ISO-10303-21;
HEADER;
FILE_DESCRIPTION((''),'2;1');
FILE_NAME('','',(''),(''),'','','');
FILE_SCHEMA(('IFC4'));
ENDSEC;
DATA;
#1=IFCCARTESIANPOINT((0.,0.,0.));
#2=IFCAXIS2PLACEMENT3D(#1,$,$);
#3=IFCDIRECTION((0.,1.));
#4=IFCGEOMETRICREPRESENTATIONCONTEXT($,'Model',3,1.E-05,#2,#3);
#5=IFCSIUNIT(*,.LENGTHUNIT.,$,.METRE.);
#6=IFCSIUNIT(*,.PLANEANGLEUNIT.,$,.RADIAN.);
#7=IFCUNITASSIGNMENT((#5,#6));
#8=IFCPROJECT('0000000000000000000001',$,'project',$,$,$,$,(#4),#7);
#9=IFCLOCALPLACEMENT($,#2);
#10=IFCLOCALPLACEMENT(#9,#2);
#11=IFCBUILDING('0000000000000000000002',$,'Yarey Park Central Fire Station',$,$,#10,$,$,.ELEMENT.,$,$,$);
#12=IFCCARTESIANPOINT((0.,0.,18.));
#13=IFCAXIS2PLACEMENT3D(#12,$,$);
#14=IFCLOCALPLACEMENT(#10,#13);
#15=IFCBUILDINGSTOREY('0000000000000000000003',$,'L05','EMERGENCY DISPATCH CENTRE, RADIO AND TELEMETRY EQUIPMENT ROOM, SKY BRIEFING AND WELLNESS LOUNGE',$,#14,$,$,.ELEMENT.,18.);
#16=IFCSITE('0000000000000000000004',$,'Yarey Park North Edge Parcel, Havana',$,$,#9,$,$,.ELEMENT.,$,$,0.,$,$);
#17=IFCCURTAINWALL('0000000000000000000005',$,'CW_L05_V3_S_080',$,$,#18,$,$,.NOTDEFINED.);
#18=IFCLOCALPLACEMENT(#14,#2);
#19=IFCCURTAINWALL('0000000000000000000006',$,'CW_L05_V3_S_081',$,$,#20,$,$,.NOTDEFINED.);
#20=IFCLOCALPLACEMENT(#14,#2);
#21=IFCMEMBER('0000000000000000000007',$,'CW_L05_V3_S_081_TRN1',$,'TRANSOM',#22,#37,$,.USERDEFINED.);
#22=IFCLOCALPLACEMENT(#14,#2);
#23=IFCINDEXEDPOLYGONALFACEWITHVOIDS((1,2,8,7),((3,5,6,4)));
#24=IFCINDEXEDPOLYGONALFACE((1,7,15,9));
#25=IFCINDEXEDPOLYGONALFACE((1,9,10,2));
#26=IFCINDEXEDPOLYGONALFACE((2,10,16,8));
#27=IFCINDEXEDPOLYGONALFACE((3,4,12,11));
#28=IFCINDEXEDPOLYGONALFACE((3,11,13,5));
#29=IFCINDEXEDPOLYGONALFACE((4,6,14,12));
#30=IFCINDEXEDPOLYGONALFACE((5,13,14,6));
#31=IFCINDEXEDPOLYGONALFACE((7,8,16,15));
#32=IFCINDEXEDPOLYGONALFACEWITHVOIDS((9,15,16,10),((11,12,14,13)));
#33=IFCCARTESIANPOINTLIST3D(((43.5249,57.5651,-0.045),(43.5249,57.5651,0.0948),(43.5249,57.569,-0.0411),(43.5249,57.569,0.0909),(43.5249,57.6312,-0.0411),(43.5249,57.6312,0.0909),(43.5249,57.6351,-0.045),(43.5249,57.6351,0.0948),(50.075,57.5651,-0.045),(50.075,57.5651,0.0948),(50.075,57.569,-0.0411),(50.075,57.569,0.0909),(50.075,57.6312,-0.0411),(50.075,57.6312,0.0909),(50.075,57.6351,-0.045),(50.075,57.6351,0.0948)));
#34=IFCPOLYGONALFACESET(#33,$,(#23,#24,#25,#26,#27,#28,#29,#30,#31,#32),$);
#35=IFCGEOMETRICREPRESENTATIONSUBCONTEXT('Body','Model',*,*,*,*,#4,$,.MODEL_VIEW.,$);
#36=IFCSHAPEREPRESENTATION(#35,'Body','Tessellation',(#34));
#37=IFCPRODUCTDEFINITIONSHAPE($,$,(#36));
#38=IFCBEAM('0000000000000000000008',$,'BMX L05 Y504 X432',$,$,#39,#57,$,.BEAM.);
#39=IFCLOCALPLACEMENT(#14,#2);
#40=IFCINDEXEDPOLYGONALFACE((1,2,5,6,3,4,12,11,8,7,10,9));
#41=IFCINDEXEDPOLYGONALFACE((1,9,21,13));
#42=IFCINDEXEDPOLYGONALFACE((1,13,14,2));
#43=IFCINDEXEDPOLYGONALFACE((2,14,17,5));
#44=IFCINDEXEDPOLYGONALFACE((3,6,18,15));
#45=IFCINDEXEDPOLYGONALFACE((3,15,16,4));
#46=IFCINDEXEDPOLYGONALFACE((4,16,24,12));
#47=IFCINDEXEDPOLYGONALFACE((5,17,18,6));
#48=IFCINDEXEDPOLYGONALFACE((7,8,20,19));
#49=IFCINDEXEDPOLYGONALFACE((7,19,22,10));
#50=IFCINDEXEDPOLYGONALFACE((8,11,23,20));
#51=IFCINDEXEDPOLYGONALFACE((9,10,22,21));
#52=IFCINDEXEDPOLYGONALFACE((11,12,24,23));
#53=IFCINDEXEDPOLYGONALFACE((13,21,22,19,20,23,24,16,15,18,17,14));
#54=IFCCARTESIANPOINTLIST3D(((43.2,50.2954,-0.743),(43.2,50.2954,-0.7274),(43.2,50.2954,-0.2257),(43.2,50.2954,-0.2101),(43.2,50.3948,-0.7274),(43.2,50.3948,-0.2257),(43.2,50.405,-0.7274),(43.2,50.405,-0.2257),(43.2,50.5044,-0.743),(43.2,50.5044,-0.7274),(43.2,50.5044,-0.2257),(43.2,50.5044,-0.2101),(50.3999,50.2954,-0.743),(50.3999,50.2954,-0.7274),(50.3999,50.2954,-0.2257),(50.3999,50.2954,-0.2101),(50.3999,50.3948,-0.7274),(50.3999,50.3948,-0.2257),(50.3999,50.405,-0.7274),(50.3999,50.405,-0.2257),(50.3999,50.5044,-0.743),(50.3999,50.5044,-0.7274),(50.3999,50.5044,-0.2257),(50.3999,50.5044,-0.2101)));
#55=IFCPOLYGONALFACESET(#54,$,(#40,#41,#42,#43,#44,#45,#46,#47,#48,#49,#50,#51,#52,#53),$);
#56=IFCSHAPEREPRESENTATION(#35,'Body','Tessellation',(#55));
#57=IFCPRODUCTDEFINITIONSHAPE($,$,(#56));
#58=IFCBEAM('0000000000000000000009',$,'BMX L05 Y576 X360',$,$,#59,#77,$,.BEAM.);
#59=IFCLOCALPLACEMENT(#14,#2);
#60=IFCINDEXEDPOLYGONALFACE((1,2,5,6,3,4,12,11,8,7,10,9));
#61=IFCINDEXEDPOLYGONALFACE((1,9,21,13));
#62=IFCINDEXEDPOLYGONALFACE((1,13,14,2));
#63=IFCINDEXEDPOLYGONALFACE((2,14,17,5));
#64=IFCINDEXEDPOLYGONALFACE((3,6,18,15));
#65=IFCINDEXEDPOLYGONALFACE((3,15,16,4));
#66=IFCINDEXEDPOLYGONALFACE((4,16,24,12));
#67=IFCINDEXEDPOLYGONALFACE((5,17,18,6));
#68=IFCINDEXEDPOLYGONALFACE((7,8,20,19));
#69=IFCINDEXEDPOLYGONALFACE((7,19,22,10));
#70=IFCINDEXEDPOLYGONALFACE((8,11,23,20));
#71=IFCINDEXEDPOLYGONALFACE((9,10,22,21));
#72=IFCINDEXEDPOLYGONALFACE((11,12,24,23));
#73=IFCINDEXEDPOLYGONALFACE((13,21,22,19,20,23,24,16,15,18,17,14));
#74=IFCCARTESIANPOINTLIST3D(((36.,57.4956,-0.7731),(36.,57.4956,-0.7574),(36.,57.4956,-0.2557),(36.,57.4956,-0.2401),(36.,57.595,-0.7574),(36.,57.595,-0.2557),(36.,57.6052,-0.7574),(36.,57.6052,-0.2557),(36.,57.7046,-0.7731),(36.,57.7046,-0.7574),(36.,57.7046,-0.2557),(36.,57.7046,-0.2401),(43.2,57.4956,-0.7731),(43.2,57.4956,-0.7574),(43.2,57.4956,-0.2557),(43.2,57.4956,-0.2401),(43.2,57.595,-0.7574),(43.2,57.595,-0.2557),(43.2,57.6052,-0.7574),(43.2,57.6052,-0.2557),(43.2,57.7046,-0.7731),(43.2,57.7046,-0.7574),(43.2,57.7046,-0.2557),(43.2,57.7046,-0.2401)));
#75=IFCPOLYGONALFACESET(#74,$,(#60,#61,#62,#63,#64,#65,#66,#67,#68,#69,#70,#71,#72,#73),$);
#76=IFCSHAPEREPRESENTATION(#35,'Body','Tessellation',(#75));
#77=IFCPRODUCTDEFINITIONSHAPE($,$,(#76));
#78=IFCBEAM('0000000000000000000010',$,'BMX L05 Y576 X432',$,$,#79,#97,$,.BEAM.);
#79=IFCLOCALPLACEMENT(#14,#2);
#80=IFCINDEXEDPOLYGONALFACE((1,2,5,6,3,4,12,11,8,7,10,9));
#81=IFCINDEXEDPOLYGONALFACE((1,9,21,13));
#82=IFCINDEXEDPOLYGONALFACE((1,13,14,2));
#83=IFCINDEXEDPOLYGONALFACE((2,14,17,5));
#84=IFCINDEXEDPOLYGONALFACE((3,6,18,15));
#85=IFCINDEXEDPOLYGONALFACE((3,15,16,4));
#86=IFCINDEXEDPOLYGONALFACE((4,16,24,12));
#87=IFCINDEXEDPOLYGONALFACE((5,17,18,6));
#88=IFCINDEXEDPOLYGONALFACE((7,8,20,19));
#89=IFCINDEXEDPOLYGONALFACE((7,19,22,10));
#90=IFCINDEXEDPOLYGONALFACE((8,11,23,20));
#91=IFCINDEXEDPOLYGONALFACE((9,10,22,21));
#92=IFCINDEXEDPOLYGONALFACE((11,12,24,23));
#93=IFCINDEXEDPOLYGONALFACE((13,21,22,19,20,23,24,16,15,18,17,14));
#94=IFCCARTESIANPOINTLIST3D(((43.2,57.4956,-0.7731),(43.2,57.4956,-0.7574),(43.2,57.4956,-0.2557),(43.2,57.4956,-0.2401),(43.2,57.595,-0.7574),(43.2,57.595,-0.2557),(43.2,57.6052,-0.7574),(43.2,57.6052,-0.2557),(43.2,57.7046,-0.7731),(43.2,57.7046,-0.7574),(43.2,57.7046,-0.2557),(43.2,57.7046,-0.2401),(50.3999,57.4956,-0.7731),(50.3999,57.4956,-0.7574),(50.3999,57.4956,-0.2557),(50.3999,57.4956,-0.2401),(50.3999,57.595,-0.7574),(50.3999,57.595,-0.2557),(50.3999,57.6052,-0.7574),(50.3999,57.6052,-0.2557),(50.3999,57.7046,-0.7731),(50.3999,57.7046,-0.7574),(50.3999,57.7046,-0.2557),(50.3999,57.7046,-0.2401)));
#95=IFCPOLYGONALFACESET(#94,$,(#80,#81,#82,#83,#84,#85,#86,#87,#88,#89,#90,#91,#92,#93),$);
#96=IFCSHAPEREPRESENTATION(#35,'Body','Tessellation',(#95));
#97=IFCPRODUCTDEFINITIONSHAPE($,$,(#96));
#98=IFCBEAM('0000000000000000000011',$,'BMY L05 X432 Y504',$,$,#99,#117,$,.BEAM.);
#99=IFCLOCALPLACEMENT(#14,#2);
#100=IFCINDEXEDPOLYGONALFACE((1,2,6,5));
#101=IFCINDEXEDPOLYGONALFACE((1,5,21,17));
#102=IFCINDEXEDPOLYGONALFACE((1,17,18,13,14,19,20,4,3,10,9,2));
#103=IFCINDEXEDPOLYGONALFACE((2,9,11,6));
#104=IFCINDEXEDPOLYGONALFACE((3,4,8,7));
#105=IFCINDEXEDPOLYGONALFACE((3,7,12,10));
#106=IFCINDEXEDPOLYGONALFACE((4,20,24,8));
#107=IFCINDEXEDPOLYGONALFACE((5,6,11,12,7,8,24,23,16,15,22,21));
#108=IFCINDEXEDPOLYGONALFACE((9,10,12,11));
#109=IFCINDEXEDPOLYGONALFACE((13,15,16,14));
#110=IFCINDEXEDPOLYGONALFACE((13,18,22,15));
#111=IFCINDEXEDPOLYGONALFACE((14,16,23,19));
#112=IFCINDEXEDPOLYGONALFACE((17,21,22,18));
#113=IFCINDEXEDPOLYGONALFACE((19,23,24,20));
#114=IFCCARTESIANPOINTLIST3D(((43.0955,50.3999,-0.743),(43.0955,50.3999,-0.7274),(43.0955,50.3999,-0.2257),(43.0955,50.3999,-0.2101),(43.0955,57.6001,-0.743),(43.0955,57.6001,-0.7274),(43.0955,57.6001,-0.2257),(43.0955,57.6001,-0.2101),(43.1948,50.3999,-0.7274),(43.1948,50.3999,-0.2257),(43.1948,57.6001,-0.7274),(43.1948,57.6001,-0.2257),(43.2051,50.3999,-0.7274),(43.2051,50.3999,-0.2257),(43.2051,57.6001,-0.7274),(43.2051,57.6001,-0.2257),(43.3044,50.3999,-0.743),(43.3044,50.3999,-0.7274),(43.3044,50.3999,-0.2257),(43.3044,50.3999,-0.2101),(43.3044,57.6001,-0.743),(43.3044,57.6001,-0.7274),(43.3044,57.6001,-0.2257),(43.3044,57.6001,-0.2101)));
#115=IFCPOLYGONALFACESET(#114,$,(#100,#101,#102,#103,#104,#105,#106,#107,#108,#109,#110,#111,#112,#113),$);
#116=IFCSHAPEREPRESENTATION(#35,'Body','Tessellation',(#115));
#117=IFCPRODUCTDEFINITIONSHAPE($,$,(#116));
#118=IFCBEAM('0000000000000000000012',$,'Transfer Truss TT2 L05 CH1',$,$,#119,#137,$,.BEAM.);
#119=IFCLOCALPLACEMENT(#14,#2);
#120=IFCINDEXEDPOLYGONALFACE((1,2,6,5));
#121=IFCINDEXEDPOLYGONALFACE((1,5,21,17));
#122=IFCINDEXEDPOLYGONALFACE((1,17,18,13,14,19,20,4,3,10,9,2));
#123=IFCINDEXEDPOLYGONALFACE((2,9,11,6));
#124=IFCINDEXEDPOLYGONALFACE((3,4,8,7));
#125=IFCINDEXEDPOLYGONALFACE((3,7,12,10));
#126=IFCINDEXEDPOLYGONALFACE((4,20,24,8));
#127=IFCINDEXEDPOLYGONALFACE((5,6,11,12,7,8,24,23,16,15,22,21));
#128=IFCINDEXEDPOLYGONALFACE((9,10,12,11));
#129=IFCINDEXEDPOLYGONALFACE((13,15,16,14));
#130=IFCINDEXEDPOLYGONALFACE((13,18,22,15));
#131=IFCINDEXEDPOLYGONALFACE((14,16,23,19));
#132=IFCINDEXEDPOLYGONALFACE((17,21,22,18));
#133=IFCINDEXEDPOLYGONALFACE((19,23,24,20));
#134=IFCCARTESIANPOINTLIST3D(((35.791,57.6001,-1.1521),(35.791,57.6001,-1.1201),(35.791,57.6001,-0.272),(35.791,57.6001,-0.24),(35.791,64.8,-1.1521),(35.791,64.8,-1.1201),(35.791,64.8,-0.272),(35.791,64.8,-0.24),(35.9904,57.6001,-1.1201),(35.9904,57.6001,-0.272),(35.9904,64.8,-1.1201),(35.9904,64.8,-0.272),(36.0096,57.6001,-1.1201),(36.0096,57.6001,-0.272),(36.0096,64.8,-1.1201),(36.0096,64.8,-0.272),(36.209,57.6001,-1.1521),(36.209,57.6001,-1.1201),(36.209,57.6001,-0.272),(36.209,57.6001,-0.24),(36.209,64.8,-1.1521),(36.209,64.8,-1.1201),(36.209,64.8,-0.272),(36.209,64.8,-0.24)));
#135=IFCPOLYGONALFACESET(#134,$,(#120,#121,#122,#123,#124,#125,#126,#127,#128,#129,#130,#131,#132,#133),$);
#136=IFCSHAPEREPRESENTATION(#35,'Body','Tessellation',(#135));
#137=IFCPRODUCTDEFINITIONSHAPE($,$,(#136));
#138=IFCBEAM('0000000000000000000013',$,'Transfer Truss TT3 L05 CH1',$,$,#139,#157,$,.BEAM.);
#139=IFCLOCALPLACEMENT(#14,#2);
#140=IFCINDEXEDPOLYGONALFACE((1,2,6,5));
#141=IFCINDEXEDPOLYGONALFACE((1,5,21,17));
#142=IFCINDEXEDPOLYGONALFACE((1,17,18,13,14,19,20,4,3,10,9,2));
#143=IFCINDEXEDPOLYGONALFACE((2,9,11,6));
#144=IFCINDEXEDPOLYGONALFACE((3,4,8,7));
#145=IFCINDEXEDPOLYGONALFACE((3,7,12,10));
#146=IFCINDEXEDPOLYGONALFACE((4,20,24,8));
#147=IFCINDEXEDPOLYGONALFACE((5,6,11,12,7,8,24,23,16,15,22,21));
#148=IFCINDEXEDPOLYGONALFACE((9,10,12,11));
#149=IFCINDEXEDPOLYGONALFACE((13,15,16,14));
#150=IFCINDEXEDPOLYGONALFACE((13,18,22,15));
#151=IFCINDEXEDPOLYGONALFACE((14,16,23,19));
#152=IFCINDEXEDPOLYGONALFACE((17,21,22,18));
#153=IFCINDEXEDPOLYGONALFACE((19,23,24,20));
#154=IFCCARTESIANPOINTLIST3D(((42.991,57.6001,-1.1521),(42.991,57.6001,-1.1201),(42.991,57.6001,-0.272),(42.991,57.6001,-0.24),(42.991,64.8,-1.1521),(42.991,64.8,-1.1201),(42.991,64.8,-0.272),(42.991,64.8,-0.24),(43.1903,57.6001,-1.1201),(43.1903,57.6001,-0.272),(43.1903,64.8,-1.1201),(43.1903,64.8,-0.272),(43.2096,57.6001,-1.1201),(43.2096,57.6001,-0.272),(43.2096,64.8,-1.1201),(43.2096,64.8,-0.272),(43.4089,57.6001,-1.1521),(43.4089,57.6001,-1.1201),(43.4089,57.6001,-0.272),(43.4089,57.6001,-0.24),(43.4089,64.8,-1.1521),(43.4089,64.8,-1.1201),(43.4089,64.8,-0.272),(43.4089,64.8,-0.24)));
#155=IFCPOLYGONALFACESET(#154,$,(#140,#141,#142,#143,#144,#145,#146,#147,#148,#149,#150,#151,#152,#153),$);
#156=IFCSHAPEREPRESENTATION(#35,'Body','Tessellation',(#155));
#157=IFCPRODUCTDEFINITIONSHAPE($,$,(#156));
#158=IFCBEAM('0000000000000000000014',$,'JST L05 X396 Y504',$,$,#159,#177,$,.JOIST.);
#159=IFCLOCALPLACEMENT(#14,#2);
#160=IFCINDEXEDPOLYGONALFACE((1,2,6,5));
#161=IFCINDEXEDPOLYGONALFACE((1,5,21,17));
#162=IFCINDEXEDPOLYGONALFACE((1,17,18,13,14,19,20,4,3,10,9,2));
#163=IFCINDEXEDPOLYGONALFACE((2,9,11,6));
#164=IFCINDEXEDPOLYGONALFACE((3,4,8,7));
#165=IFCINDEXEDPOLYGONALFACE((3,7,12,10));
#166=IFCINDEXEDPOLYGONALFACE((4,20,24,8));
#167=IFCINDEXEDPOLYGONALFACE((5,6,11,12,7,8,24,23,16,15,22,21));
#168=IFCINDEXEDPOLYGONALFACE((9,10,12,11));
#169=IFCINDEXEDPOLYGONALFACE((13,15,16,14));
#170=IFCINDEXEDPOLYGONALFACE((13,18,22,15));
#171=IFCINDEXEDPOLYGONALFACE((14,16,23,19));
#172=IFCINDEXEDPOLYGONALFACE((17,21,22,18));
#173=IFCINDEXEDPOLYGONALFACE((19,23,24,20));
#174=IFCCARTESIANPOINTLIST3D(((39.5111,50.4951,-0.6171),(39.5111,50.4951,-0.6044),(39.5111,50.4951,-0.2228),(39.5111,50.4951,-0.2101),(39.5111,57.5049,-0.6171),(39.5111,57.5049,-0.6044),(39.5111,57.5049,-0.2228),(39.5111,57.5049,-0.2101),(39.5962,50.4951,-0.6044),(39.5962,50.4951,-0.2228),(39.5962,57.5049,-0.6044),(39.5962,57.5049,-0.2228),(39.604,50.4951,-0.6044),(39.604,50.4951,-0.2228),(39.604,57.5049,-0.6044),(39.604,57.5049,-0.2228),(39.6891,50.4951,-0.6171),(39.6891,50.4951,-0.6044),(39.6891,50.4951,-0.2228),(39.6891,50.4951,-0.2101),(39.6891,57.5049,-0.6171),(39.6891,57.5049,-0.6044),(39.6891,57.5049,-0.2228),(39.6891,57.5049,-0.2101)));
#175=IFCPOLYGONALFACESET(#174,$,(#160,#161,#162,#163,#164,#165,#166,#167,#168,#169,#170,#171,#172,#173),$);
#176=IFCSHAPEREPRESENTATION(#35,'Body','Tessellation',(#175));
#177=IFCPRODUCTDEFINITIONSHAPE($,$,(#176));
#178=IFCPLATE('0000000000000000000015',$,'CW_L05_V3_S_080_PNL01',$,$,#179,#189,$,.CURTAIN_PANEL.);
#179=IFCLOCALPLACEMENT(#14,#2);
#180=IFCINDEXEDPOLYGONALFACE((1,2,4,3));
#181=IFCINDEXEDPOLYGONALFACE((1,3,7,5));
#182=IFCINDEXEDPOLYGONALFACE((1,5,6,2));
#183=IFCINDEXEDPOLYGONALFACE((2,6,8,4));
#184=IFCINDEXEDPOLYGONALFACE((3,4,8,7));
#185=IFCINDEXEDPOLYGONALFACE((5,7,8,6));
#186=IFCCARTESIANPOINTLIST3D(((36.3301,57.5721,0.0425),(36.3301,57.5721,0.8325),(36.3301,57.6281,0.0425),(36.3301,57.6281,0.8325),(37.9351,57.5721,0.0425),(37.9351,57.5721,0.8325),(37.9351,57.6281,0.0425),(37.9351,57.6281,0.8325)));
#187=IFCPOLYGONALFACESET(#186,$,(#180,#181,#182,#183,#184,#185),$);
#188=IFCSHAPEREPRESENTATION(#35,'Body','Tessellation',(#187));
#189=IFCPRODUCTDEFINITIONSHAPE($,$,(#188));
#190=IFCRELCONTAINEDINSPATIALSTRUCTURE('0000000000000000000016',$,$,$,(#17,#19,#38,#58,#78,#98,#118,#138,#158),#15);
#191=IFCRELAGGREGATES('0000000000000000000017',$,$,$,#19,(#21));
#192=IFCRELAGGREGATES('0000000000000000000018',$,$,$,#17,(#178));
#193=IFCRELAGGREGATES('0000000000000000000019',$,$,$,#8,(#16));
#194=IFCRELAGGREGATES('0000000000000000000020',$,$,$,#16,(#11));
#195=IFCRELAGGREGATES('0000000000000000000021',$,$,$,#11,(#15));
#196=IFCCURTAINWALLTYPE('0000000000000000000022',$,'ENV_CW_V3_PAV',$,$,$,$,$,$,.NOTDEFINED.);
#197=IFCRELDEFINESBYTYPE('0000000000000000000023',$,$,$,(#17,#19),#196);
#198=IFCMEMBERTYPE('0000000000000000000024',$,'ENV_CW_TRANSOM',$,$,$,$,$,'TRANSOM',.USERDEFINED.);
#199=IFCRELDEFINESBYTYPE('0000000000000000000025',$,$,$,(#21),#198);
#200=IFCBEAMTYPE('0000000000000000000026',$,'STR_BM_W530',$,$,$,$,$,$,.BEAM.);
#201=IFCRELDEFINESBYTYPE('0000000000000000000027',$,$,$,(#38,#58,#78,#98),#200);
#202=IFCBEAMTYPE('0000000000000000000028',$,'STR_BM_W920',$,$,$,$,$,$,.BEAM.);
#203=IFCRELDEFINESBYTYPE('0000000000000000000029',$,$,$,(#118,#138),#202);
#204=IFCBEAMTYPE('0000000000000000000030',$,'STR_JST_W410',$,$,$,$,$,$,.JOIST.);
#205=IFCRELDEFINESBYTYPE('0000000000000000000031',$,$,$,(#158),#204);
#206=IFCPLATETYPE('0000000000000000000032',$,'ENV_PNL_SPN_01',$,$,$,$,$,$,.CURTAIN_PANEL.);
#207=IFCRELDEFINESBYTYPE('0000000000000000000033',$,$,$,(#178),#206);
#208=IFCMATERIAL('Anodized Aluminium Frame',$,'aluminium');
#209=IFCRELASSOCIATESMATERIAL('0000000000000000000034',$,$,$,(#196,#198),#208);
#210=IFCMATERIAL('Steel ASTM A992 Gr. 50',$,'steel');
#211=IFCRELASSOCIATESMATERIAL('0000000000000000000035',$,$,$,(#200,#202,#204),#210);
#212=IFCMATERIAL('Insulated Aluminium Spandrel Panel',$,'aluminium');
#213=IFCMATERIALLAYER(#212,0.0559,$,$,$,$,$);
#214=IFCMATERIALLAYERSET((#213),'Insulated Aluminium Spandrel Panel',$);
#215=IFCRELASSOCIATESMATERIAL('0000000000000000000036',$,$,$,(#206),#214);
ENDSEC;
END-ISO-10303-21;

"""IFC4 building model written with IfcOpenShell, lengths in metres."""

from ifc_helpers import new_model, si_unit, direction, frame, origin, origin_2d, place, context, subcontext, project, spatial, rectangle, hollow_rectangle, i_section, extrude, material, layer, layer_set, material_profile, profile_set, type_object, element, aggregate, save


model = new_model("IFC4")

# Units and contexts
model_context = context("Model", 3, precision=1e-05, world=origin(), true_north=direction((0.0, 1.0)))
body_context = subcontext(model_context, "Body", "Model", "MODEL_VIEW")
ifc_project = project(units=[si_unit("LENGTHUNIT", "METRE"), si_unit("PLANEANGLEUNIT", "RADIAN")], contexts=[model_context])

# Site, building, storey
site_placement = place(None, origin())
site = spatial("IfcSite", under=ifc_project, at=site_placement, Name="Yarey Park North Edge Parcel, Havana", CompositionType="ELEMENT", RefElevation=0.0)
building_placement = place(site_placement, origin())
building = spatial("IfcBuilding", under=site, at=building_placement, Name="Yarey Park Central Fire Station", CompositionType="ELEMENT")
storey_placement = place(building_placement, frame((0.0, 0.0, 18.0)))
storey = spatial("IfcBuildingStorey", under=building, at=storey_placement, Name="L05", Description="EMERGENCY DISPATCH CENTRE, RADIO AND TELEMETRY EQUIPMENT ROOM, SKY BRIEFING AND WELLNESS LOUNGE", CompositionType="ELEMENT", Elevation=18.0)

# Shared definitions
ifc_material_1 = material(Name="Steel ASTM A992 Gr. 50", Category="steel")

# Curtain wall
ifc_material_2 = material(Name="Anodized Aluminium Frame", Category="aluminium")
curtain_wall_type = type_object("IfcCurtainWallType", Name="ENV_CW_V3_PAV", PredefinedType="NOTDEFINED", material=ifc_material_2)
curtain_wall_1_placement = place(storey_placement, origin())
curtain_wall_1 = element("IfcCurtainWall", 1, at=curtain_wall_1_placement, inside=storey, type_object=curtain_wall_type, Name="CW_L05_V3_S_080", PredefinedType="NOTDEFINED")
ifc_material_profile_1 = material_profile(ifc_material_2, hollow_rectangle(XDim=0.0701, YDim=0.1399, WallThickness=0.0039, at=origin_2d()), Name="ALU 140x70x4")
ifc_profile_set_1 = profile_set([ifc_material_profile_1], Name="Anodized Aluminium Frame")
member_type_1 = type_object("IfcMemberType", Name="ENV_CW_TRANSOM", ElementType="TRANSOM", PredefinedType="USERDEFINED", material=ifc_profile_set_1)

# Curtain wall, member
curtain_wall_2_placement = place(storey_placement, origin())
curtain_wall_2 = element("IfcCurtainWall", 2, at=curtain_wall_2_placement, inside=storey, type_object=curtain_wall_type, Name="CW_L05_V3_S_081", PredefinedType="NOTDEFINED")
member_1_placement = place(storey_placement, frame((43.5249, 57.6001, 0.0249), z_axis=(1.0, 0.0, 0.0), x_axis=(0.0, 1.0, 0.0)))
member_1 = element("IfcMember", 3, at=member_1_placement, type_object=member_type_1, Name="CW_L05_V3_S_081_TRN1", ObjectType="TRANSOM", PredefinedType="USERDEFINED", context=body_context, shape_type="SweptSolid", body=[
    extrude(hollow_rectangle(XDim=0.0701, YDim=0.1399, WallThickness=0.0039, at=origin_2d()), origin(), (0.0, 0.0, 1.0), 6.55),
])
aggregate(curtain_wall_2, [member_1])

# Beams
ifc_material_profile_2 = material_profile(ifc_material_1, i_section(OverallWidth=0.209, OverallDepth=0.533, WebThickness=0.0103, FlangeThickness=0.0156, at=origin_2d()), Name="W530x92")
ifc_profile_set_2 = profile_set([ifc_material_profile_2], Name="Steel ASTM A992 Gr. 50")
beam_type_1 = type_object("IfcBeamType", Name="STR_BM_W530", PredefinedType="BEAM", material=ifc_profile_set_2)
for number, where, z_axis, x_axis, name in (
    (4, (43.2, 50.3999, -0.4766), (1.0, 0.0, 0.0), (0.0, 1.0, 0.0), "BMX L05 Y504 X432"),
    (5, (36.0, 57.6001, -0.5066), (1.0, 0.0, 0.0), (0.0, 1.0, 0.0), "BMX L05 Y576 X360"),
    (6, (43.2, 57.6001, -0.5066), (1.0, 0.0, 0.0), (0.0, 1.0, 0.0), "BMX L05 Y576 X432"),
):
    element("IfcBeam", number, at=place(storey_placement, frame(where, z_axis=z_axis, x_axis=x_axis)), inside=storey, type_object=beam_type_1, Name=name, PredefinedType="BEAM", context=body_context, shape_type="SweptSolid", body=[
        extrude(i_section(OverallWidth=0.209, OverallDepth=0.533, WebThickness=0.0103, FlangeThickness=0.0156, at=origin_2d()), origin(), (0.0, 0.0, 1.0), 7.2),
    ])
beam_1_placement = place(storey_placement, frame((43.2, 50.3999, -0.4766), z_axis=(0.0, 1.0, 0.0), x_axis=(-1.0, 0.0, 0.0)))
element("IfcBeam", 7, at=beam_1_placement, inside=storey, type_object=beam_type_1, Name="BMY L05 X432 Y504", PredefinedType="BEAM", context=body_context, shape_type="SweptSolid", body=[
    extrude(i_section(OverallWidth=0.209, OverallDepth=0.533, WebThickness=0.0103, FlangeThickness=0.0156, at=origin_2d()), origin(), (0.0, 0.0, 1.0), 7.2002),
])
ifc_material_profile_3 = material_profile(ifc_material_1, i_section(OverallWidth=0.418, OverallDepth=0.9121, WebThickness=0.0193, FlangeThickness=0.032, at=origin_2d()), Name="W920x342")
ifc_profile_set_3 = profile_set([ifc_material_profile_3], Name="Steel ASTM A992 Gr. 50")
beam_type_2 = type_object("IfcBeamType", Name="STR_BM_W920", PredefinedType="BEAM", material=ifc_profile_set_3)
for number, where, z_axis, x_axis, name in (
    (8, (36.0, 57.6001, -0.696), (0.0, 1.0, 0.0), (-1.0, 0.0, 0.0), "Transfer Truss TT2 L05 CH1"),
    (9, (43.2, 57.6001, -0.696), (0.0, 1.0, 0.0), (-1.0, 0.0, 0.0), "Transfer Truss TT3 L05 CH1"),
):
    element("IfcBeam", number, at=place(storey_placement, frame(where, z_axis=z_axis, x_axis=x_axis)), inside=storey, type_object=beam_type_2, Name=name, PredefinedType="BEAM", context=body_context, shape_type="SweptSolid", body=[
        extrude(i_section(OverallWidth=0.418, OverallDepth=0.9121, WebThickness=0.0193, FlangeThickness=0.032, at=origin_2d()), origin(), (0.0, 0.0, 1.0), 7.2),
    ])
ifc_material_profile_4 = material_profile(ifc_material_1, i_section(OverallWidth=0.178, OverallDepth=0.407, WebThickness=0.0078, FlangeThickness=0.0127, at=origin_2d()), Name="W410x60")
ifc_profile_set_4 = profile_set([ifc_material_profile_4], Name="Steel ASTM A992 Gr. 50")
beam_type_3 = type_object("IfcBeamType", Name="STR_JST_W410", PredefinedType="JOIST", material=ifc_profile_set_4)
beam_2_placement = place(storey_placement, frame((39.6001, 50.4951, -0.4136), z_axis=(0.0, 1.0, 0.0), x_axis=(-1.0, 0.0, 0.0)))
element("IfcBeam", 10, at=beam_2_placement, inside=storey, type_object=beam_type_3, Name="JST L05 X396 Y504", PredefinedType="JOIST", context=body_context, shape_type="SweptSolid", body=[
    extrude(i_section(OverallWidth=0.178, OverallDepth=0.407, WebThickness=0.0078, FlangeThickness=0.0127, at=origin_2d()), origin(), (0.0, 0.0, 1.0), 7.0098),
])

# Plate
ifc_material_3 = material(Name="Insulated Aluminium Spandrel Panel", Category="aluminium")
ifc_layer_1 = layer(ifc_material_3, 0.0559)
ifc_layer_set_1 = layer_set([ifc_layer_1], Name="Insulated Aluminium Spandrel Panel")
plate_type_1 = type_object("IfcPlateType", Name="ENV_PNL_SPN_01", PredefinedType="CURTAIN_PANEL", material=ifc_layer_set_1)
plate_1_placement = place(storey_placement, frame((37.1326, 57.6001, 0.0425), z_axis=(0.0, 0.0, 1.0), x_axis=(1.0, 0.0, 0.0)))
plate_1 = element("IfcPlate", 11, at=plate_1_placement, type_object=plate_type_1, Name="CW_L05_V3_S_080_PNL01", PredefinedType="CURTAIN_PANEL", context=body_context, shape_type="SweptSolid", body=[
    extrude(rectangle(XDim=1.605, YDim=0.0559, at=origin_2d()), origin(), (0.0, 0.0, 1.0), 0.79),
])
aggregate(curtain_wall_1, [plate_1])

save(model, "model.ifc")
